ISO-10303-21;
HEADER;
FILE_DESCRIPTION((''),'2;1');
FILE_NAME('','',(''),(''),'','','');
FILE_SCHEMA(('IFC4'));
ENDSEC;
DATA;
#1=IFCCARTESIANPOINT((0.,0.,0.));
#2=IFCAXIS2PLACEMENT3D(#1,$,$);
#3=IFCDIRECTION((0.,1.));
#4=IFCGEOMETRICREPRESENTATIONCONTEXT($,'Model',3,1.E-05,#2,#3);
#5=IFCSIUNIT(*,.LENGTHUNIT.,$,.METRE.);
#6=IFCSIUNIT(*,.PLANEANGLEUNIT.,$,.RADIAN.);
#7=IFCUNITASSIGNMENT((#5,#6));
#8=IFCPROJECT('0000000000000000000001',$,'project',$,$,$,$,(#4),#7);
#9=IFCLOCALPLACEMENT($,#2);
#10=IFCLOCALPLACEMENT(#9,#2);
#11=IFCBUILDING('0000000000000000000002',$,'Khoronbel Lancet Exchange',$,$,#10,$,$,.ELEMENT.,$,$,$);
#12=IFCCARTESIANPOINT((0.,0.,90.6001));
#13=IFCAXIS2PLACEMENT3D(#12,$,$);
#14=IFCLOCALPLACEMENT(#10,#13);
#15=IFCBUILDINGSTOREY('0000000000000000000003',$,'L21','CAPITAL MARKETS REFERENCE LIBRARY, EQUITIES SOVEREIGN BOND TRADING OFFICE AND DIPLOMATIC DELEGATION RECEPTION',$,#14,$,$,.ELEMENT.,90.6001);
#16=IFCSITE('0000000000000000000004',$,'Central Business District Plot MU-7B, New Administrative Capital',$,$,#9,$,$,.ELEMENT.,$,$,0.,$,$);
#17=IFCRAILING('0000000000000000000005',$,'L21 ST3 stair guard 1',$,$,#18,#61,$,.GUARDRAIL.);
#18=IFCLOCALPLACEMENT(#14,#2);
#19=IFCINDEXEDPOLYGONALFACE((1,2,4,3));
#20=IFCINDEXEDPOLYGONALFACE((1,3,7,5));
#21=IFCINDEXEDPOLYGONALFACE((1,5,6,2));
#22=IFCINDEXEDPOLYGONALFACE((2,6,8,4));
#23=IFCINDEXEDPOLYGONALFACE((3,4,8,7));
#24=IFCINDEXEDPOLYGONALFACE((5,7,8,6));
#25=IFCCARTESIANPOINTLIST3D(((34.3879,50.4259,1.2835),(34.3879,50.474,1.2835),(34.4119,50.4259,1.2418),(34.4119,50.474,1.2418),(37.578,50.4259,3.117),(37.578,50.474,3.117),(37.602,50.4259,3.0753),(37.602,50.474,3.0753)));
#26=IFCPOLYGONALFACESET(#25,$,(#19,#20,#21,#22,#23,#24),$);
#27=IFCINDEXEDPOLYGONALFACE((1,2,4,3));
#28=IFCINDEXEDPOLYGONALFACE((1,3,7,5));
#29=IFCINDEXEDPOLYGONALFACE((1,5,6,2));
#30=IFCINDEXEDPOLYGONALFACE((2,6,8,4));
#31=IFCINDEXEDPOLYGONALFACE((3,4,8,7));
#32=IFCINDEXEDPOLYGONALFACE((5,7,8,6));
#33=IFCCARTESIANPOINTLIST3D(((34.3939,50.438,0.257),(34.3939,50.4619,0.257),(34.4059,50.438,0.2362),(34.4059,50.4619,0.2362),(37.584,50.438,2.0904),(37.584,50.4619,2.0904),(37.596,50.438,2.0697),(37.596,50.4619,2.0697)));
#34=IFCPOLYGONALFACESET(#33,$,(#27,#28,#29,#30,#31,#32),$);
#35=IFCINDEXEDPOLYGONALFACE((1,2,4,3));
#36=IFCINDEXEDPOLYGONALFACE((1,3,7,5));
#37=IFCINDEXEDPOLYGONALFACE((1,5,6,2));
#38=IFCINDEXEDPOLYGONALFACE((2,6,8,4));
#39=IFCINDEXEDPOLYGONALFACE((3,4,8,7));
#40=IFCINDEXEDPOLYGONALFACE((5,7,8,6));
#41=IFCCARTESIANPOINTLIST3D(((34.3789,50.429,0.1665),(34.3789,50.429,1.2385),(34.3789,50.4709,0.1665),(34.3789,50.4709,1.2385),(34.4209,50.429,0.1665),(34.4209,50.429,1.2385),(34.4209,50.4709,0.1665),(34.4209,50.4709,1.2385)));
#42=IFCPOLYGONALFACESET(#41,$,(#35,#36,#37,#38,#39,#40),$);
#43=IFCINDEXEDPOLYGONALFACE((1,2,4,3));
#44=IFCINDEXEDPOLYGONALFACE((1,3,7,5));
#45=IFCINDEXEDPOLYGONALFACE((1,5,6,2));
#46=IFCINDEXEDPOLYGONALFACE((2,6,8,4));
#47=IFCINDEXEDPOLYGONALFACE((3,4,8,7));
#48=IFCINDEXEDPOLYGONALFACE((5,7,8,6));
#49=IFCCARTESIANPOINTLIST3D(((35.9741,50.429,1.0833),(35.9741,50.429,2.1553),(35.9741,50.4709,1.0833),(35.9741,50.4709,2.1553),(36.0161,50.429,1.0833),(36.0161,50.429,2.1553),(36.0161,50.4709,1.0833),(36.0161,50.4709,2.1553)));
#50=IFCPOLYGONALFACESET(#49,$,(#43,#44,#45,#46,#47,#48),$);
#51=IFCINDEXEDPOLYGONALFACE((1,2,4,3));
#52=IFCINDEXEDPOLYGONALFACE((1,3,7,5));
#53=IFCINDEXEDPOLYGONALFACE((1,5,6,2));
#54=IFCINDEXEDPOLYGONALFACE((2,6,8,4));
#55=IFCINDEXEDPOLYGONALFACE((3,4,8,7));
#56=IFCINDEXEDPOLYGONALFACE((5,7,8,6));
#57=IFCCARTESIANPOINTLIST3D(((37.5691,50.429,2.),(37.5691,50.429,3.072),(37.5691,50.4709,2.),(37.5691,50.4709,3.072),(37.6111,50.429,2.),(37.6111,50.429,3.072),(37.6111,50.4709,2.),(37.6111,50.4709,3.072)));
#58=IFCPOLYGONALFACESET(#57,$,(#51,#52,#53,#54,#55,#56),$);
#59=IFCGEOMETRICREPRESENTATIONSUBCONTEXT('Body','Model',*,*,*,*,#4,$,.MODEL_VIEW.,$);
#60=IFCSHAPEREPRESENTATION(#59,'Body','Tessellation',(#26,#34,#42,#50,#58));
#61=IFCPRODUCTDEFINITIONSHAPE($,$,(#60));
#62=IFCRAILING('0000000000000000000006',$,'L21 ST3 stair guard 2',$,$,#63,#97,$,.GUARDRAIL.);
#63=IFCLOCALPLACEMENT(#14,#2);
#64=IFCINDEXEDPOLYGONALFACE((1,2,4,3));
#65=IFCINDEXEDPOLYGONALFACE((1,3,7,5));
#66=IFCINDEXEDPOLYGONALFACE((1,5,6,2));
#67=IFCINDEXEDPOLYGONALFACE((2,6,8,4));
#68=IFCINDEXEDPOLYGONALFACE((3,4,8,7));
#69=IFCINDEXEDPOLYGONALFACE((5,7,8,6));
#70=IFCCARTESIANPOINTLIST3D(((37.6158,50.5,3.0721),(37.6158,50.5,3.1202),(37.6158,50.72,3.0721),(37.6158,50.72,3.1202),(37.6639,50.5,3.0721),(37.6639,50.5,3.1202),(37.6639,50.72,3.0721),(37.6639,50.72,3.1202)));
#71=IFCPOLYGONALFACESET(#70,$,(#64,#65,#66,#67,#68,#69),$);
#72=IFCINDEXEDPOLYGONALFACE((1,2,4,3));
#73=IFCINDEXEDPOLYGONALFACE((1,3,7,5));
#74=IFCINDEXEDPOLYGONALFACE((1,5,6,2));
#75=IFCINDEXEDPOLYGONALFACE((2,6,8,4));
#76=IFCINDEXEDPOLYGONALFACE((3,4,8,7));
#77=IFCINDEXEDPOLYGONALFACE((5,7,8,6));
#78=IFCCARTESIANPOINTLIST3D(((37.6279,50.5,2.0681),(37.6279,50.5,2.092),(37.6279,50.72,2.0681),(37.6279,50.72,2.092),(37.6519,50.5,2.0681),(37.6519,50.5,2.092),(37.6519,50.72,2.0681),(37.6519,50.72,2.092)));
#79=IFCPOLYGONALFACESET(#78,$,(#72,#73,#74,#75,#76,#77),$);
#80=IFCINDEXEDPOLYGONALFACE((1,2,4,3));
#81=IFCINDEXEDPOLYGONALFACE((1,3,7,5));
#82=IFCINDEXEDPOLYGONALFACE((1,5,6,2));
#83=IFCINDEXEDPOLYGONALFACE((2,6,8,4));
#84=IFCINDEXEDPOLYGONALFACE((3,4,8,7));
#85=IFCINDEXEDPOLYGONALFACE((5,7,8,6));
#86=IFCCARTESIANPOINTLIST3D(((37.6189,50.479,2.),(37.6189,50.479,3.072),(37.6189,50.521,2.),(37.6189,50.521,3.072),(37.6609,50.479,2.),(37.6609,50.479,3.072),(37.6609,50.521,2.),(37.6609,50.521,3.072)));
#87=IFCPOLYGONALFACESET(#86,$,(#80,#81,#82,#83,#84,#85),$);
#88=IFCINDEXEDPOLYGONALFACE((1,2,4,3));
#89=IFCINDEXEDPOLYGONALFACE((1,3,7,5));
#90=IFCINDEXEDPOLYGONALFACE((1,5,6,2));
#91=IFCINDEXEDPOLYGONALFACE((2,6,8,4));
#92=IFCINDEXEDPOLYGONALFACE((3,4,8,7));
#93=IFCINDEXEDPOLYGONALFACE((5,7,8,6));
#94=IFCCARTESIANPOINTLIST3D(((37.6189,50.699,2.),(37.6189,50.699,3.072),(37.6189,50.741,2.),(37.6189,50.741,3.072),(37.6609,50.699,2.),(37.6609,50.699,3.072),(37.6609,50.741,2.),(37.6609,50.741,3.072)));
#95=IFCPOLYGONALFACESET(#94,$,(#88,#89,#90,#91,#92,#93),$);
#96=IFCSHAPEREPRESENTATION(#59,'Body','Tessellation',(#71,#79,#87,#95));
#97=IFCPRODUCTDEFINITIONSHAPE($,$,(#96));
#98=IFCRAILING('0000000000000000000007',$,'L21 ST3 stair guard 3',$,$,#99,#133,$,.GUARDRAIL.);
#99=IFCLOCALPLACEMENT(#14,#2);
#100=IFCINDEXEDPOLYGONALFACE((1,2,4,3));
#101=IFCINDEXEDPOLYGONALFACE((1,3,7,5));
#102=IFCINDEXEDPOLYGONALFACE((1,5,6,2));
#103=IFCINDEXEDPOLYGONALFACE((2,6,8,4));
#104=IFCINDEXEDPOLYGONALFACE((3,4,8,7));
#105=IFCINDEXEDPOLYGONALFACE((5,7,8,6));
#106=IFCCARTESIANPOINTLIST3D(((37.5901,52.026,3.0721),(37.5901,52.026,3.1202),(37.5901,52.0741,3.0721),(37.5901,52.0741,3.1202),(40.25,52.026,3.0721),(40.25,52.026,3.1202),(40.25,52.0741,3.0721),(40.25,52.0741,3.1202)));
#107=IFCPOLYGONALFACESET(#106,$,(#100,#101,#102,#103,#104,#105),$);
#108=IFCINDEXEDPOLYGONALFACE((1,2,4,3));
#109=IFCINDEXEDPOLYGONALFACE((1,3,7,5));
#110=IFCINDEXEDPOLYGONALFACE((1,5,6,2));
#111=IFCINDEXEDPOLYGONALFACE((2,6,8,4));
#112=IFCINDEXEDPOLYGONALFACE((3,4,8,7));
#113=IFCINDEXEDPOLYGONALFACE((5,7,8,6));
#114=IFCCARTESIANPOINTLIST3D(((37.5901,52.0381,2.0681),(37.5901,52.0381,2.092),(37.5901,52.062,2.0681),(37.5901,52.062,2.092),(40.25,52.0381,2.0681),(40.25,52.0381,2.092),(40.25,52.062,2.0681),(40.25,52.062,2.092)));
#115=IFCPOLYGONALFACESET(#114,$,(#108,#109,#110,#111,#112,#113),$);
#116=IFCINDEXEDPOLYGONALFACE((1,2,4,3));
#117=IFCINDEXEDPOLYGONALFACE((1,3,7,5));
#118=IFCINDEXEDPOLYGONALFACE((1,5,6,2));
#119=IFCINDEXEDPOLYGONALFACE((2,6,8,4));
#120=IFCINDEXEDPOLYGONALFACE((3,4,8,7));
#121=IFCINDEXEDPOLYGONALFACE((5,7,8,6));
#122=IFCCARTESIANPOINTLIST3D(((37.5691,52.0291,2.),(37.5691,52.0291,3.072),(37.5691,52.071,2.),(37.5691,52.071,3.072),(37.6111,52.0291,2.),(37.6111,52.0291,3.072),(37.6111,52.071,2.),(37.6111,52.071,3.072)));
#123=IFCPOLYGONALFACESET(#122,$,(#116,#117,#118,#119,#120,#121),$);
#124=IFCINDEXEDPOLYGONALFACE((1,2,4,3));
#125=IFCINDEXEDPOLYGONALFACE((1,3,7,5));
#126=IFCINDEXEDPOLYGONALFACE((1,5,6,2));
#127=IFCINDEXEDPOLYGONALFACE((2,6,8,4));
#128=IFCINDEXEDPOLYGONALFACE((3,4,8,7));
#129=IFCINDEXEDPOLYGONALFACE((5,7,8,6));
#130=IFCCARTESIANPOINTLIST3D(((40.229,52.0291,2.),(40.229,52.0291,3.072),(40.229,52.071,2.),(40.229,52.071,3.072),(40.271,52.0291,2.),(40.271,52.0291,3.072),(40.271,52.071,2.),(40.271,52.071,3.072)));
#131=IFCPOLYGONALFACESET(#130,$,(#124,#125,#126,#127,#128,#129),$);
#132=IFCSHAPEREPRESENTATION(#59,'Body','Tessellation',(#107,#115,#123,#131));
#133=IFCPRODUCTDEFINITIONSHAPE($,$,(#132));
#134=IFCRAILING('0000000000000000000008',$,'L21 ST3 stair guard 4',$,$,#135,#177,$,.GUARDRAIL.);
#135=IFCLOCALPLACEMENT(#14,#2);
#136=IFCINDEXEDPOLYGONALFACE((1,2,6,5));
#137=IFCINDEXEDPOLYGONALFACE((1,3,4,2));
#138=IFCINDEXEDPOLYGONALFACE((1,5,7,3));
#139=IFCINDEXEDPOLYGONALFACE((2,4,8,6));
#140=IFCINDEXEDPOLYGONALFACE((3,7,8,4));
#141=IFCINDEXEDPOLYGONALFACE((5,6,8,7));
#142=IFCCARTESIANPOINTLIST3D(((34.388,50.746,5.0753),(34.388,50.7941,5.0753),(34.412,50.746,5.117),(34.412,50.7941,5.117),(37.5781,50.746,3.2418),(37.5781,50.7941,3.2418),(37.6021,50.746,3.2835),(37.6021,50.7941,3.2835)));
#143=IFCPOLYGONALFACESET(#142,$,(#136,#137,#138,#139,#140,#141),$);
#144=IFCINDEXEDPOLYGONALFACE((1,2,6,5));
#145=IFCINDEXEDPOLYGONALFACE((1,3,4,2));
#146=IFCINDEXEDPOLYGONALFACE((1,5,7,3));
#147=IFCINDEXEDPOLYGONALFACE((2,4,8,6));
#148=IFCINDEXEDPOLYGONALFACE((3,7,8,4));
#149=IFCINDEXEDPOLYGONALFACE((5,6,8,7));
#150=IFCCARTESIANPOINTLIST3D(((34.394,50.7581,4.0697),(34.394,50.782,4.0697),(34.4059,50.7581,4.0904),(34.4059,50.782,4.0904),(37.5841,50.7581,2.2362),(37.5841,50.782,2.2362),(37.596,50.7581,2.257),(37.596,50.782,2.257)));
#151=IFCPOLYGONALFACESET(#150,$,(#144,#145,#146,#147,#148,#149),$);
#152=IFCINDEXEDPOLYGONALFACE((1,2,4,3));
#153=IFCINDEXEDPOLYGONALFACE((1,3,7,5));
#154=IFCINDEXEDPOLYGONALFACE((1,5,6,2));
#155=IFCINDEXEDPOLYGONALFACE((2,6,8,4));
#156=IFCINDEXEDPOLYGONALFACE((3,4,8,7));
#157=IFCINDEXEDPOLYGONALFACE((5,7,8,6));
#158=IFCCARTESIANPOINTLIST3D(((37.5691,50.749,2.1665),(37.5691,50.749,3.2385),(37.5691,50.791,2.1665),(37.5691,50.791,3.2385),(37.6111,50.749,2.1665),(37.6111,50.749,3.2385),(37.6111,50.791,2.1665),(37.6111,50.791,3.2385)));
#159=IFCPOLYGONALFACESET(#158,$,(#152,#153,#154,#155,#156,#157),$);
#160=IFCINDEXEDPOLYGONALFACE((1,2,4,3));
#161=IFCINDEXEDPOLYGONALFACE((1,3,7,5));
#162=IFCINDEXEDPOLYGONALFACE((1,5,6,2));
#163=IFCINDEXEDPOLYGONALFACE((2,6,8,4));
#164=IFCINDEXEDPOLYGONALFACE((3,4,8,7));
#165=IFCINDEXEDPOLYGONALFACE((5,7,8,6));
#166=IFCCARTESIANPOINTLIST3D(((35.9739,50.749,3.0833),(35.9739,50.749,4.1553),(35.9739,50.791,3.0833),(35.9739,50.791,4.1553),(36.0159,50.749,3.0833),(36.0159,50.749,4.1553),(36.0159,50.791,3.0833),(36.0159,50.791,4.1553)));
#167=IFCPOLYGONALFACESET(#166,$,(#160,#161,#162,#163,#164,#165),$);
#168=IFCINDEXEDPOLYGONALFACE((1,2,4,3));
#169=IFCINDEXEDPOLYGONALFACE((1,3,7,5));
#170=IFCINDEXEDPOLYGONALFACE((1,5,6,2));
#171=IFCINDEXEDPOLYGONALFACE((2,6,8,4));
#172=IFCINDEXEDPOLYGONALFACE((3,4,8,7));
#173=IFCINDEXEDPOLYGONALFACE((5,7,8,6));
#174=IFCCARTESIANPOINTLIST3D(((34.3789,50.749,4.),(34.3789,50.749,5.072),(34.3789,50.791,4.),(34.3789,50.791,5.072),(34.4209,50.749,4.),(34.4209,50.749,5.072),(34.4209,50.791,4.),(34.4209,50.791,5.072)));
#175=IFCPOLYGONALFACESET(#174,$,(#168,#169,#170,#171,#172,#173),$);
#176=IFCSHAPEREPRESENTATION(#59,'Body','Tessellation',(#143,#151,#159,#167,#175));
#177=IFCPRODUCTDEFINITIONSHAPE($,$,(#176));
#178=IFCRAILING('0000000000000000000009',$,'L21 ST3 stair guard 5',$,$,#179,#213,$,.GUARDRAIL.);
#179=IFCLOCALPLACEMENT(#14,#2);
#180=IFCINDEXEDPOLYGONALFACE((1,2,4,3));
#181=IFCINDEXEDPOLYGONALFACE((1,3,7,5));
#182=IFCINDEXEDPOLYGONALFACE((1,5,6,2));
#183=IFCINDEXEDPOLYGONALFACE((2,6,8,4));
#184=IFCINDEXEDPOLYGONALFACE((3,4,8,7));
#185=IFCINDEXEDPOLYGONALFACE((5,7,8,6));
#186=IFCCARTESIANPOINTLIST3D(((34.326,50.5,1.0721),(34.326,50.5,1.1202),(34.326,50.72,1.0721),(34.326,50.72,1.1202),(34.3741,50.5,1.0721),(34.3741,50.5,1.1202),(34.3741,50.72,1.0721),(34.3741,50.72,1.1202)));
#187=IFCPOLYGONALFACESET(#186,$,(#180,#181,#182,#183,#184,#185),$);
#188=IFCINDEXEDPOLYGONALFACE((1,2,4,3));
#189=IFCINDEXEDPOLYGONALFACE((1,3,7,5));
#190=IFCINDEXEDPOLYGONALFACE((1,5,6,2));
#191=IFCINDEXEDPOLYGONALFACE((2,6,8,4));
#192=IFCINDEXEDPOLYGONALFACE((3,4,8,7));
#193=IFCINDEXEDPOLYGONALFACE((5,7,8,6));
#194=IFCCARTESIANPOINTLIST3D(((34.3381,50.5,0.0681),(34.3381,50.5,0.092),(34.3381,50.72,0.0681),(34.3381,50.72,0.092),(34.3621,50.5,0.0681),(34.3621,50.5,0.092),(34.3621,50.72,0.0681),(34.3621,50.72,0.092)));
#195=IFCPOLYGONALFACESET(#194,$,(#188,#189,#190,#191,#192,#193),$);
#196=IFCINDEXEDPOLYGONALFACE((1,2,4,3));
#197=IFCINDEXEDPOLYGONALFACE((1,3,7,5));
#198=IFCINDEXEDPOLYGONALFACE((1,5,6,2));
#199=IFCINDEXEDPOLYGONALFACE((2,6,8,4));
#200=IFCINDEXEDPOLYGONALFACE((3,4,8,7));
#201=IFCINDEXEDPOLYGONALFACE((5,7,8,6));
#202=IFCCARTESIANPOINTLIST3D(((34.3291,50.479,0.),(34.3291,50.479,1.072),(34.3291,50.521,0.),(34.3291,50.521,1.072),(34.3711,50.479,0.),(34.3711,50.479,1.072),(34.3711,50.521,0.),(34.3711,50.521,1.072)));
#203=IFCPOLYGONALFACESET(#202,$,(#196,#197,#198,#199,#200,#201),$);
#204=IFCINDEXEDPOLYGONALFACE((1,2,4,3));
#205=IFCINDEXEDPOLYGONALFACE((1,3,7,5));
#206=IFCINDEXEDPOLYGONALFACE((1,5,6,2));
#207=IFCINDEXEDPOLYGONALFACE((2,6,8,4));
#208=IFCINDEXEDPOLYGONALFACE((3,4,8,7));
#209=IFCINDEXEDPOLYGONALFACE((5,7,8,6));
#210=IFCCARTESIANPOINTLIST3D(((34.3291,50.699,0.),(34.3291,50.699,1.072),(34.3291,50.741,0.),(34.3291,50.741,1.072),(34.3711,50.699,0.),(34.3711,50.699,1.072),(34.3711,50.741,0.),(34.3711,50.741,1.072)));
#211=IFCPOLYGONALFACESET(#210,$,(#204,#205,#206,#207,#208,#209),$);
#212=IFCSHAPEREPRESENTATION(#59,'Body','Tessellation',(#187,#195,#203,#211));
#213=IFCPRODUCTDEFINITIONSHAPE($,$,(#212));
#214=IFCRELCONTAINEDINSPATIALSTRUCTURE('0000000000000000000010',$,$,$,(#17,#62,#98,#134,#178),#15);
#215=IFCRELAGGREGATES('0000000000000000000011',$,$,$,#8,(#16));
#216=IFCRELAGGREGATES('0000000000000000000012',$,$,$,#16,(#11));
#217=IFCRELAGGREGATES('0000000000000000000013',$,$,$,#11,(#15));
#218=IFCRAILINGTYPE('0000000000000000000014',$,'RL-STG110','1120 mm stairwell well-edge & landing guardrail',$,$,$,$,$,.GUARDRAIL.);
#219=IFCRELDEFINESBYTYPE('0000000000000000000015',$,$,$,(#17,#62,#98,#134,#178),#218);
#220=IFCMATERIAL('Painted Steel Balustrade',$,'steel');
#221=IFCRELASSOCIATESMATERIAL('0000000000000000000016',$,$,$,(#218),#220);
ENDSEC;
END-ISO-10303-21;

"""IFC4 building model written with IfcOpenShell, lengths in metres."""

from ifc_helpers import new_model, si_unit, direction, frame, origin, origin_2d, place, context, subcontext, project, spatial, rectangle, extrude, material, type_object, element, save


model = new_model("IFC4")

# Units and contexts
model_context = context("Model", 3, precision=1e-05, world=origin(), true_north=direction((0.0, 1.0)))
body_context = subcontext(model_context, "Body", "Model", "MODEL_VIEW")
ifc_project = project(units=[si_unit("LENGTHUNIT", "METRE"), si_unit("PLANEANGLEUNIT", "RADIAN")], contexts=[model_context])

# Site, building, storey
site_placement = place(None, origin())
site = spatial("IfcSite", under=ifc_project, at=site_placement, Name="Central Business District Plot MU-7B, New Administrative Capital", CompositionType="ELEMENT", RefElevation=0.0)
building_placement = place(site_placement, origin())
building = spatial("IfcBuilding", under=site, at=building_placement, Name="Khoronbel Lancet Exchange", CompositionType="ELEMENT")
storey_placement = place(building_placement, frame((0.0, 0.0, 90.6001)))
storey = spatial("IfcBuildingStorey", under=building, at=storey_placement, Name="L21", Description="CAPITAL MARKETS REFERENCE LIBRARY, EQUITIES SOVEREIGN BOND TRADING OFFICE AND DIPLOMATIC DELEGATION RECEPTION", CompositionType="ELEMENT", Elevation=90.6001)

# Railings
ifc_material_1 = material(Name="Painted Steel Balustrade", Category="steel")
railing_type_1 = type_object("IfcRailingType", Name="RL-STG110", Description="1120 mm stairwell well-edge & landing guardrail", PredefinedType="GUARDRAIL", material=ifc_material_1)
railing_1_placement = place(storey_placement, frame((34.3999, 50.45, 0.1665)))
element("IfcRailing", 1, at=railing_1_placement, inside=storey, type_object=railing_type_1, Name="L21 ST3 stair guard 1", PredefinedType="GUARDRAIL", context=body_context, shape_type="SweptSolid", body=[
    extrude(rectangle(XDim=0.0481, YDim=0.0481, at=origin_2d()), frame((0.0, 0.0, 1.0962), z_axis=(0.867007, 0.0, 0.498295), x_axis=(0.0, 1.0, 0.0)), (0.0, 0.0, 1.0), 3.6794),
    extrude(rectangle(XDim=0.0239, YDim=0.0239, at=origin_2d()), frame((0.0, 0.0, 0.0801), z_axis=(0.867007, 0.0, 0.498295), x_axis=(0.0, 1.0, 0.0)), (0.0, 0.0, 1.0), 3.6794),
    extrude(rectangle(XDim=0.042, YDim=0.042, at=origin_2d()), origin(), (0.0, 0.0, 1.0), 1.072),
    extrude(rectangle(XDim=0.042, YDim=0.042, at=origin_2d()), frame((1.5952, 0.0, 0.9167)), (0.0, 0.0, 1.0), 1.072),
    extrude(rectangle(XDim=0.042, YDim=0.042, at=origin_2d()), frame((3.1902, 0.0, 1.8335)), (0.0, 0.0, 1.0), 1.072),
])
railing_2_placement = place(storey_placement, frame((37.6399, 50.5, 2.0)))
element("IfcRailing", 2, at=railing_2_placement, inside=storey, type_object=railing_type_1, Name="L21 ST3 stair guard 2", PredefinedType="GUARDRAIL", context=body_context, shape_type="SweptSolid", body=[
    extrude(rectangle(XDim=0.0481, YDim=0.0481, at=origin_2d()), frame((0.0, 0.0, 1.0962), z_axis=(0.0, 1.0, 0.0), x_axis=(-1.0, 0.0, 0.0)), (0.0, 0.0, 1.0), 0.22),
    extrude(rectangle(XDim=0.0239, YDim=0.0239, at=origin_2d()), frame((0.0, 0.0, 0.0801), z_axis=(0.0, 1.0, 0.0), x_axis=(-1.0, 0.0, 0.0)), (0.0, 0.0, 1.0), 0.22),
    extrude(rectangle(XDim=0.042, YDim=0.042, at=origin_2d()), origin(), (0.0, 0.0, 1.0), 1.072),
    extrude(rectangle(XDim=0.042, YDim=0.042, at=origin_2d()), frame((0.0, 0.22, 0.0)), (0.0, 0.0, 1.0), 1.072),
])
railing_3_placement = place(storey_placement, frame((37.5901, 52.05, 2.0)))
element("IfcRailing", 3, at=railing_3_placement, inside=storey, type_object=railing_type_1, Name="L21 ST3 stair guard 3", PredefinedType="GUARDRAIL", context=body_context, shape_type="SweptSolid", body=[
    extrude(rectangle(XDim=0.0481, YDim=0.0481, at=origin_2d()), frame((0.0, 0.0, 1.0962), z_axis=(1.0, 0.0, 0.0), x_axis=(0.0, 1.0, 0.0)), (0.0, 0.0, 1.0), 2.6599),
    extrude(rectangle(XDim=0.0239, YDim=0.0239, at=origin_2d()), frame((0.0, 0.0, 0.0801), z_axis=(1.0, 0.0, 0.0), x_axis=(0.0, 1.0, 0.0)), (0.0, 0.0, 1.0), 2.6599),
    extrude(rectangle(XDim=0.042, YDim=0.042, at=origin_2d()), origin(), (0.0, 0.0, 1.0), 1.072),
    extrude(rectangle(XDim=0.042, YDim=0.042, at=origin_2d()), frame((2.6599, 0.0, 0.0)), (0.0, 0.0, 1.0), 1.072),
])
railing_4_placement = place(storey_placement, frame((37.5901, 50.77, 2.1665)))
element("IfcRailing", 4, at=railing_4_placement, inside=storey, type_object=railing_type_1, Name="L21 ST3 stair guard 4", PredefinedType="GUARDRAIL", context=body_context, shape_type="SweptSolid", body=[
    extrude(rectangle(XDim=0.0481, YDim=0.0481, at=origin_2d()), frame((0.0, 0.0, 1.0962), z_axis=(-0.867007, 0.0, 0.498295), x_axis=(0.0, -1.0, 0.0)), (0.0, 0.0, 1.0), 3.6794),
    extrude(rectangle(XDim=0.0239, YDim=0.0239, at=origin_2d()), frame((0.0, 0.0, 0.0801), z_axis=(-0.867007, 0.0, 0.498295), x_axis=(0.0, -1.0, 0.0)), (0.0, 0.0, 1.0), 3.6794),
    extrude(rectangle(XDim=0.042, YDim=0.042, at=origin_2d()), origin(), (0.0, 0.0, 1.0), 1.072),
    extrude(rectangle(XDim=0.042, YDim=0.042, at=origin_2d()), frame((-1.5952, 0.0, 0.9167)), (0.0, 0.0, 1.0), 1.072),
    extrude(rectangle(XDim=0.042, YDim=0.042, at=origin_2d()), frame((-3.1902, 0.0, 1.8335)), (0.0, 0.0, 1.0), 1.072),
])
railing_5_placement = place(storey_placement, frame((34.3501, 50.5, 0.0)))
element("IfcRailing", 5, at=railing_5_placement, inside=storey, type_object=railing_type_1, Name="L21 ST3 stair guard 5", PredefinedType="GUARDRAIL", context=body_context, shape_type="SweptSolid", body=[
    extrude(rectangle(XDim=0.0481, YDim=0.0481, at=origin_2d()), frame((0.0, 0.0, 1.0962), z_axis=(0.0, 1.0, 0.0), x_axis=(-1.0, 0.0, 0.0)), (0.0, 0.0, 1.0), 0.22),
    extrude(rectangle(XDim=0.0239, YDim=0.0239, at=origin_2d()), frame((0.0, 0.0, 0.0801), z_axis=(0.0, 1.0, 0.0), x_axis=(-1.0, 0.0, 0.0)), (0.0, 0.0, 1.0), 0.22),
    extrude(rectangle(XDim=0.042, YDim=0.042, at=origin_2d()), origin(), (0.0, 0.0, 1.0), 1.072),
    extrude(rectangle(XDim=0.042, YDim=0.042, at=origin_2d()), frame((0.0, 0.22, 0.0)), (0.0, 0.0, 1.0), 1.072),
])

save(model, "model.ifc")
